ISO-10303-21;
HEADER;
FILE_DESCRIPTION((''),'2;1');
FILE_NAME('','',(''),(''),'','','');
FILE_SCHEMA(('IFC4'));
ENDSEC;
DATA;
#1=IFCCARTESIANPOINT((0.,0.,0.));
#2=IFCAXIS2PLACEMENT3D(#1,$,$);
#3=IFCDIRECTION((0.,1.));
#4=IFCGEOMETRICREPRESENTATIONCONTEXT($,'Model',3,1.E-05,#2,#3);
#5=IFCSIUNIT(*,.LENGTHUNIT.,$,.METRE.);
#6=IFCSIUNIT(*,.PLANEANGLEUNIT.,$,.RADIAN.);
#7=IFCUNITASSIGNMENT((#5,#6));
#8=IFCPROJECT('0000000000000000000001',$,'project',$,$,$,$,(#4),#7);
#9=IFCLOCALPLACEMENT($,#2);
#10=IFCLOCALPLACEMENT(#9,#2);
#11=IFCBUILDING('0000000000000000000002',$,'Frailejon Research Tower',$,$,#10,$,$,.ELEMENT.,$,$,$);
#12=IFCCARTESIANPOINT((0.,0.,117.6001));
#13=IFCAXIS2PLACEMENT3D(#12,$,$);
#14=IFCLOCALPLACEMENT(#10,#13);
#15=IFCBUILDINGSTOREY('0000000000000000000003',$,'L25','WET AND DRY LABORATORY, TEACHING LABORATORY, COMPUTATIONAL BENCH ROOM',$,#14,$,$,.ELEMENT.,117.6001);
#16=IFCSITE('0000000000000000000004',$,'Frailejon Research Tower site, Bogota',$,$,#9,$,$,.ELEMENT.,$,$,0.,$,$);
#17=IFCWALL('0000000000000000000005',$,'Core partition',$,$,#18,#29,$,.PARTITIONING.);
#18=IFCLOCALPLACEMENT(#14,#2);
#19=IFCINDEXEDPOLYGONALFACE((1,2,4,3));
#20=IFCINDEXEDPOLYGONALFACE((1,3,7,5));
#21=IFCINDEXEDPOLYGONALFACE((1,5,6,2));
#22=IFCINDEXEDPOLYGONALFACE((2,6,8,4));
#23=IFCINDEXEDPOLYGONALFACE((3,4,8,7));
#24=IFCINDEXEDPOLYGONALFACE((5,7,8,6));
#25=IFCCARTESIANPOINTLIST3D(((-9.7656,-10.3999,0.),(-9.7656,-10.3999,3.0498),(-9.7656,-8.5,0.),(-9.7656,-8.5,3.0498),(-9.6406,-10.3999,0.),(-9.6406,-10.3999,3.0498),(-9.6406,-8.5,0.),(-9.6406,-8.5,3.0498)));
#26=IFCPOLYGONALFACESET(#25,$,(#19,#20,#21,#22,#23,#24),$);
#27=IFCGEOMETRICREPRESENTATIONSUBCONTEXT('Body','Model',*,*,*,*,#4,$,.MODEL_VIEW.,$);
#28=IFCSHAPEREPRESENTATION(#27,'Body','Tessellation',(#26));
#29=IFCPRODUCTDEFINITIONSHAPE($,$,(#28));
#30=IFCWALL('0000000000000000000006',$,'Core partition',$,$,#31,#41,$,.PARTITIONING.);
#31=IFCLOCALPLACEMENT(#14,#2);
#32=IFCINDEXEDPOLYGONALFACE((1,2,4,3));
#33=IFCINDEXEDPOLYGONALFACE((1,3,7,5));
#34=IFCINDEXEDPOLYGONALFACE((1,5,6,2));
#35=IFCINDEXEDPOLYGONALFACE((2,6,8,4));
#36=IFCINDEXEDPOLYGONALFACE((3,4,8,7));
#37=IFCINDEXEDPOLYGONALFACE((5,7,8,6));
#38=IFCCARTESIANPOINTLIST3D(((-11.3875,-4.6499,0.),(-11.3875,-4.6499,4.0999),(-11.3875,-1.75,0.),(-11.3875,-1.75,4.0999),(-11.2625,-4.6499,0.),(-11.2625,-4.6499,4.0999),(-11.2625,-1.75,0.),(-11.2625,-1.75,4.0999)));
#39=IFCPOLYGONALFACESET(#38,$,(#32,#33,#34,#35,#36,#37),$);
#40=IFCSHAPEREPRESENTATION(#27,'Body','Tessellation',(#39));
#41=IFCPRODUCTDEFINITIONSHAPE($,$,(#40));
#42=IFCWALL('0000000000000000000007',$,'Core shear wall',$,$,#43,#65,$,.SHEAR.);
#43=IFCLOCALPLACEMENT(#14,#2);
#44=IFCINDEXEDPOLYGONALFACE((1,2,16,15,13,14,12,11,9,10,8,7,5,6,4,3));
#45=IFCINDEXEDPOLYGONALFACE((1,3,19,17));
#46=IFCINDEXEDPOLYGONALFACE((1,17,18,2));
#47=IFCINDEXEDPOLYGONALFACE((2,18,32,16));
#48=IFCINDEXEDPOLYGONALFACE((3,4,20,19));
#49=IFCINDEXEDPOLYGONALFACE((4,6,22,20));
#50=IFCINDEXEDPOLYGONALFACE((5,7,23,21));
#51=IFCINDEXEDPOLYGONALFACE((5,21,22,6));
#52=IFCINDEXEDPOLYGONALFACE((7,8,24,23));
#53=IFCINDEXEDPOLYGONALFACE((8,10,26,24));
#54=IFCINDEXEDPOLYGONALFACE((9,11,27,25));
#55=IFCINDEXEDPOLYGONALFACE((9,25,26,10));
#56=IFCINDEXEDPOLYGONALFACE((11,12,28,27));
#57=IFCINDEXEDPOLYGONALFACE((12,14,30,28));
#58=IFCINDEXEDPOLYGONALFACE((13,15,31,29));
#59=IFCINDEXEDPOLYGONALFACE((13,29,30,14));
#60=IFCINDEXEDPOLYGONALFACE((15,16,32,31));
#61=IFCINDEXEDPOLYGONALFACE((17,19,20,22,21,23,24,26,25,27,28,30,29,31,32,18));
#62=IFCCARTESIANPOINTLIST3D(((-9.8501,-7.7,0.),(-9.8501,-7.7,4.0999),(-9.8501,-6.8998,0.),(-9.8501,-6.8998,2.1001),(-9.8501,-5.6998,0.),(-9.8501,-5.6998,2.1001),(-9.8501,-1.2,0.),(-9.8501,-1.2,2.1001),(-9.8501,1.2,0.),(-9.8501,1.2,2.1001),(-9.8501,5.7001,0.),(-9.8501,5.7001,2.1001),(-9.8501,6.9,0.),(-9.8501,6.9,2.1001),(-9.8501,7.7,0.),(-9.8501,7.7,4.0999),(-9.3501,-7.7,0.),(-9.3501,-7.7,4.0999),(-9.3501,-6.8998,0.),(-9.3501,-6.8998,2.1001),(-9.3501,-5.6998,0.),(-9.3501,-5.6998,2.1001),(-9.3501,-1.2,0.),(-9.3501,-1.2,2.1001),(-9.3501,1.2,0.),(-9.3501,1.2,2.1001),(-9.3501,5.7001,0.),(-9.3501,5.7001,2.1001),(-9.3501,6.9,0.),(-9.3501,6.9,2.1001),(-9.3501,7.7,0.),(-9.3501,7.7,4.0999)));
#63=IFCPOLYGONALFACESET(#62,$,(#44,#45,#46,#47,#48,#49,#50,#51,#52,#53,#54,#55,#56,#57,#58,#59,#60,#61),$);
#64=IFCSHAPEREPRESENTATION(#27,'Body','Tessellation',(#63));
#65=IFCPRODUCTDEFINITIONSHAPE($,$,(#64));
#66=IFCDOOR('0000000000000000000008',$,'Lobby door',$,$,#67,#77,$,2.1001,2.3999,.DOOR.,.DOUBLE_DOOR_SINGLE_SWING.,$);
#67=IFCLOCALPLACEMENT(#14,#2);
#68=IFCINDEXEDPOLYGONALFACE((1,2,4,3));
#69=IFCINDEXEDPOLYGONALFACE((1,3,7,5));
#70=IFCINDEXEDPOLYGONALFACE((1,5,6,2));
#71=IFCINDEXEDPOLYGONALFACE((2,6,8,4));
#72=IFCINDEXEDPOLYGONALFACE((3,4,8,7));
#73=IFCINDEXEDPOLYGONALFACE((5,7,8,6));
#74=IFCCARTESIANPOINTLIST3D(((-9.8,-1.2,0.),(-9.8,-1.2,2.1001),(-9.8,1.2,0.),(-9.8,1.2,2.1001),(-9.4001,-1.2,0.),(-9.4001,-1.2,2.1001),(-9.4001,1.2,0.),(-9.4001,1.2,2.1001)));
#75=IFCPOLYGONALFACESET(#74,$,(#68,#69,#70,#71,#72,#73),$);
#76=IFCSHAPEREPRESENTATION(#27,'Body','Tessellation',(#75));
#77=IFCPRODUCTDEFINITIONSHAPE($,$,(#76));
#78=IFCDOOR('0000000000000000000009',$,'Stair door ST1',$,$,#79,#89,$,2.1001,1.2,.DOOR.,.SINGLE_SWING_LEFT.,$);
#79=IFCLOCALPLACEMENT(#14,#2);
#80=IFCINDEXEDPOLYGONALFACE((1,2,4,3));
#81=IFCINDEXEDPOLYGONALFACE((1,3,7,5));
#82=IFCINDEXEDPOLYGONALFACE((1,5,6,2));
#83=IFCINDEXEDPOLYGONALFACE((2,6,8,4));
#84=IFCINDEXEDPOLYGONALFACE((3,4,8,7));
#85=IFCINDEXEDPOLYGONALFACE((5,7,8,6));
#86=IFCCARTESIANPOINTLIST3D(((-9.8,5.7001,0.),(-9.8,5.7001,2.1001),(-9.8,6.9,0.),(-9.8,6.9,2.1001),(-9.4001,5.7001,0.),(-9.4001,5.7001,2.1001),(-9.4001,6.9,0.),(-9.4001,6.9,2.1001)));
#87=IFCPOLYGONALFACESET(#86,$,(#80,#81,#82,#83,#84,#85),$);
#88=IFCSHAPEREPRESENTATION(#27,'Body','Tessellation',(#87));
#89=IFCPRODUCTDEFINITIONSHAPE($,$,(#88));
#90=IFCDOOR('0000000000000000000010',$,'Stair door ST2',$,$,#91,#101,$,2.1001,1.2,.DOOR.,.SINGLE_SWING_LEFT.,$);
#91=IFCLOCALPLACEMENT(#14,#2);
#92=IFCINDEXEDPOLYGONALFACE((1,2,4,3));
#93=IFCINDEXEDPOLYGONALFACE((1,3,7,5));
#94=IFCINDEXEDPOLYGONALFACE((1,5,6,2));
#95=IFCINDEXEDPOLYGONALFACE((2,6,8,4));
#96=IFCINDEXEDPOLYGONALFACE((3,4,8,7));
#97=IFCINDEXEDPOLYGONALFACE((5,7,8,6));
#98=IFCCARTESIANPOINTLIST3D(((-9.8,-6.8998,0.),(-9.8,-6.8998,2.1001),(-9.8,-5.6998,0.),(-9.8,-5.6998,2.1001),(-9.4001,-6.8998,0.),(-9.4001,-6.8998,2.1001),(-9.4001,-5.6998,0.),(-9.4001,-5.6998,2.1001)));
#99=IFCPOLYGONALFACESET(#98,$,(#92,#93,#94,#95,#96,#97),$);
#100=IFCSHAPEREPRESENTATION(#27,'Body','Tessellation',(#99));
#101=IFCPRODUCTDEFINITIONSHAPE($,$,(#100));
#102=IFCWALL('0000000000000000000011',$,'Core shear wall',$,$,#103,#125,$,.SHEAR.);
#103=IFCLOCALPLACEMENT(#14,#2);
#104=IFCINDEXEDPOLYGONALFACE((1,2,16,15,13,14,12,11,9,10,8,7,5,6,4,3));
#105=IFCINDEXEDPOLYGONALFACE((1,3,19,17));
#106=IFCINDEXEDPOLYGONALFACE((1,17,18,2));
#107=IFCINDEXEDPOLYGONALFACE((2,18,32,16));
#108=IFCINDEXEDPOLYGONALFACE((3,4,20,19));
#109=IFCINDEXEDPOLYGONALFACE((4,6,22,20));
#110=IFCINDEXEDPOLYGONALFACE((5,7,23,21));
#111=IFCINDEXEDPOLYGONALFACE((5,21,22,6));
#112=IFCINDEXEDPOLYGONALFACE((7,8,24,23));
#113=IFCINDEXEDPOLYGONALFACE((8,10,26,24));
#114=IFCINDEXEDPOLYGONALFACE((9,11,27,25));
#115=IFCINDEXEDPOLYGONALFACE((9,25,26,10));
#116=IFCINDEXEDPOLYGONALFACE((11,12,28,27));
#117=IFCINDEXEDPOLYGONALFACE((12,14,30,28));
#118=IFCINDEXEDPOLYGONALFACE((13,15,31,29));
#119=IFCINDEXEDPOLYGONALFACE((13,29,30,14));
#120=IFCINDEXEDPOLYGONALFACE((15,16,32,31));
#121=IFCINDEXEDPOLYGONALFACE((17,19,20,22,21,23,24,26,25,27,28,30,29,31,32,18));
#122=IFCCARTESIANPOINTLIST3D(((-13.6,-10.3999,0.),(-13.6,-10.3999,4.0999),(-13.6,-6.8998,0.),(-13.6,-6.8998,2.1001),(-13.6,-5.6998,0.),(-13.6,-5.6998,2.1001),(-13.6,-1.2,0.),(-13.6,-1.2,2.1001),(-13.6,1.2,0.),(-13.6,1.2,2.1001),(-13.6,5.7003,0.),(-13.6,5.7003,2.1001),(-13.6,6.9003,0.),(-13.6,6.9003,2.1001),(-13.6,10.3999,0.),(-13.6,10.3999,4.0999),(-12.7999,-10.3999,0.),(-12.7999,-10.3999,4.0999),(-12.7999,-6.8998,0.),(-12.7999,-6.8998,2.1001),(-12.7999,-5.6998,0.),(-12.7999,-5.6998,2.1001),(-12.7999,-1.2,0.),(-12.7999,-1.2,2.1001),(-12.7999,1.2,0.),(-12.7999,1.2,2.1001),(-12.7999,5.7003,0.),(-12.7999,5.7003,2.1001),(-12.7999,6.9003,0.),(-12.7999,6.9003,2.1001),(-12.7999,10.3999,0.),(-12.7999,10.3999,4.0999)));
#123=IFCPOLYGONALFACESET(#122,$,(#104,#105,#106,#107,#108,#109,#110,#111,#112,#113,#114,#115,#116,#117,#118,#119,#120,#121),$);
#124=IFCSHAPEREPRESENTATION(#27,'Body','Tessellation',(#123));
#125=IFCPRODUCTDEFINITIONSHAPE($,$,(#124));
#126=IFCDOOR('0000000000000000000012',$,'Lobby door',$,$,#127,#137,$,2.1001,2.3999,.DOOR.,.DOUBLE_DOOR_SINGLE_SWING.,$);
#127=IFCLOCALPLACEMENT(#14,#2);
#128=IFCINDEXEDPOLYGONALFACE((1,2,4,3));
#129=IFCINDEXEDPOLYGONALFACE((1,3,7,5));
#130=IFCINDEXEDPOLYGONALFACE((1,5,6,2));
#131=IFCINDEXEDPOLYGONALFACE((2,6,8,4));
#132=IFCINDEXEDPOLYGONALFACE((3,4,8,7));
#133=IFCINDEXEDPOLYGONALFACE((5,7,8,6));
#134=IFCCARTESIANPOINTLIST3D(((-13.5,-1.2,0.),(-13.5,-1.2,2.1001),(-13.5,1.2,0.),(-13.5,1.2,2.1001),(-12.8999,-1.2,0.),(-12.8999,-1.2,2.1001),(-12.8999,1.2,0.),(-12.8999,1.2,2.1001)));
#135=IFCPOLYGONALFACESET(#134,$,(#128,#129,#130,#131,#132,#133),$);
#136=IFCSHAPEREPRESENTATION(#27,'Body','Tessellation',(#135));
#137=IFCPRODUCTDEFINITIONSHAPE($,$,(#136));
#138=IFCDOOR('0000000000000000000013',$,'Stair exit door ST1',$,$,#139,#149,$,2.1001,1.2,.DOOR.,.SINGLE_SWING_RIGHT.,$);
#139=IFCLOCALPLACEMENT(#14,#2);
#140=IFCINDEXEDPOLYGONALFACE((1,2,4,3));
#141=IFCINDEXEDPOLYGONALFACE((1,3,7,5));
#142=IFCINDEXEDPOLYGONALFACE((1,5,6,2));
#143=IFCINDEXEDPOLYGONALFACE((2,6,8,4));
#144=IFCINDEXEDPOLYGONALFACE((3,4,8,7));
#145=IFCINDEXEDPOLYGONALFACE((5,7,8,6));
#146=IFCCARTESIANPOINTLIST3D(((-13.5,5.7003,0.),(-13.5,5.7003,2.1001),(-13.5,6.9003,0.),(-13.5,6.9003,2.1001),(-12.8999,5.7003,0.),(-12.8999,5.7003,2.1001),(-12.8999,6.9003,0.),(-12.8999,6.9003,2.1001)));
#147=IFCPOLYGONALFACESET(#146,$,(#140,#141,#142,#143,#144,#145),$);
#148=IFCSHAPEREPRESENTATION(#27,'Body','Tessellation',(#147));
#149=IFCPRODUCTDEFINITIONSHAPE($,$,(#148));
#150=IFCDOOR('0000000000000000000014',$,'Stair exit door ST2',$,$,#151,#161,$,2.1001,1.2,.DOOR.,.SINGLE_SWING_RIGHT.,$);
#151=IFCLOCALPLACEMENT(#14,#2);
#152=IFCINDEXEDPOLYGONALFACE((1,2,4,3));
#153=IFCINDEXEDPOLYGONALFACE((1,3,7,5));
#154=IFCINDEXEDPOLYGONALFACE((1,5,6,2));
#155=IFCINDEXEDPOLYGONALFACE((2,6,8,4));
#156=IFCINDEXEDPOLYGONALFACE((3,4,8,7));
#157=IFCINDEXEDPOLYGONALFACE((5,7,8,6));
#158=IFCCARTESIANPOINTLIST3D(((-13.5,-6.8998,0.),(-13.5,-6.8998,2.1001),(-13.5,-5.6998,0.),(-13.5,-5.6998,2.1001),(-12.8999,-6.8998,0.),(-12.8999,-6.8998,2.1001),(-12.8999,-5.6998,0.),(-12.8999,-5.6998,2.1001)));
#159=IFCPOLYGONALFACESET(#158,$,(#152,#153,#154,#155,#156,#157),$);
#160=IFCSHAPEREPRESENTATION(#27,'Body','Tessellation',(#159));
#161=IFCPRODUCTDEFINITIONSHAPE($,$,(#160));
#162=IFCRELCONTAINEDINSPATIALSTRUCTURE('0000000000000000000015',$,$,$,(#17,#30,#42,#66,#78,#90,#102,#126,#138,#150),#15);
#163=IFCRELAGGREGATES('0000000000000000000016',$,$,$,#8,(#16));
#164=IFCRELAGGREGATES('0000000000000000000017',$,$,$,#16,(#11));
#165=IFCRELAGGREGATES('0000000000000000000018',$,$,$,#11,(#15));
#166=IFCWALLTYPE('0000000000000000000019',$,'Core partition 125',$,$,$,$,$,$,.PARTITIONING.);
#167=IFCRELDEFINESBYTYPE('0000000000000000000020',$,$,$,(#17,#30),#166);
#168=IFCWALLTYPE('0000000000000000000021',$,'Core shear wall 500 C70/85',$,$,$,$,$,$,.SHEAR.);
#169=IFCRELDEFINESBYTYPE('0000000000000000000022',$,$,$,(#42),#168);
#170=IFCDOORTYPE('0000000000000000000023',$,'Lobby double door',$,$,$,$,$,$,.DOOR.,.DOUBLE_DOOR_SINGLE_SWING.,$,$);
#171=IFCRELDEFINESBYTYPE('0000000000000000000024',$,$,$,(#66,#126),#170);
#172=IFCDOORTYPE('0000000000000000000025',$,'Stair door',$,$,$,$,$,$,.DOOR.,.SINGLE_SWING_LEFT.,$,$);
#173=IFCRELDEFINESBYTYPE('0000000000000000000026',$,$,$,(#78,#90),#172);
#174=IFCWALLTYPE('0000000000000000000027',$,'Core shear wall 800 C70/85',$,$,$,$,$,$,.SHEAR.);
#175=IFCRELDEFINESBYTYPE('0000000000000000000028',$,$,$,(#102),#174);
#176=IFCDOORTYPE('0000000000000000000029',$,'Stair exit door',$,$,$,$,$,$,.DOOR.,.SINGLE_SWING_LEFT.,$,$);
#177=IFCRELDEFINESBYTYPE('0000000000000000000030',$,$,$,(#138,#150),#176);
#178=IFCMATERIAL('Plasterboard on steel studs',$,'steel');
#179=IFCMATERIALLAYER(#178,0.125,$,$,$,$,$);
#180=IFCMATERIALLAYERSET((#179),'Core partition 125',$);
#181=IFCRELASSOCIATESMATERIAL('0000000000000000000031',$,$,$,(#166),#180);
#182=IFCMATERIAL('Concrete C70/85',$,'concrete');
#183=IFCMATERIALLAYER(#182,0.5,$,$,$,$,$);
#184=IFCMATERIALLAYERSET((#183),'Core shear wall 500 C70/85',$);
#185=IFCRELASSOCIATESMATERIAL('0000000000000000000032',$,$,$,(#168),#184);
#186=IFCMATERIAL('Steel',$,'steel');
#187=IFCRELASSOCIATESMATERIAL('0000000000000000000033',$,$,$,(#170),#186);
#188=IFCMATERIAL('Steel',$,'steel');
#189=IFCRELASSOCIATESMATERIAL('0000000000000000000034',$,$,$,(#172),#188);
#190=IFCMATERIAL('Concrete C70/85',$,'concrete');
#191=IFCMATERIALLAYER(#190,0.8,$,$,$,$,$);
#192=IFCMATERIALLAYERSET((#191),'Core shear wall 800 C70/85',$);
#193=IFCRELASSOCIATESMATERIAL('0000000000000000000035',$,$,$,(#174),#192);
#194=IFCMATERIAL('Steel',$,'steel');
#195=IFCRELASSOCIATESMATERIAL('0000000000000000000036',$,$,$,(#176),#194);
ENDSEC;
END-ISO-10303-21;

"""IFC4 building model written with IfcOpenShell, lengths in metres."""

from ifc_helpers import new_model, si_unit, direction, frame, frame_2d, origin, place, context, subcontext, project, spatial, rectangle, extrude, material, layer, layer_set, type_object, element, fill, save


model = new_model("IFC4")

# Units and contexts
model_context = context("Model", 3, precision=1e-05, world=origin(), true_north=direction((0.0, 1.0)))
body_context = subcontext(model_context, "Body", "Model", "MODEL_VIEW")
ifc_project = project(units=[si_unit("LENGTHUNIT", "METRE"), si_unit("PLANEANGLEUNIT", "RADIAN")], contexts=[model_context])

# Site, building, storey
site_placement = place(None, origin())
site = spatial("IfcSite", under=ifc_project, at=site_placement, Name="Frailejon Research Tower site, Bogota", CompositionType="ELEMENT", RefElevation=0.0)
building_placement = place(site_placement, origin())
building = spatial("IfcBuilding", under=site, at=building_placement, Name="Frailejon Research Tower", CompositionType="ELEMENT")
storey_placement = place(building_placement, frame((0.0, 0.0, 117.6001)))
storey = spatial("IfcBuildingStorey", under=building, at=storey_placement, Name="L25", Description="WET AND DRY LABORATORY, TEACHING LABORATORY, COMPUTATIONAL BENCH ROOM", CompositionType="ELEMENT", Elevation=117.6001)

# Walls
ifc_material_1 = material(Name="Plasterboard on steel studs", Category="steel")
ifc_layer_1 = layer(ifc_material_1, 0.125)
ifc_layer_set_1 = layer_set([ifc_layer_1], Name="Core partition 125")
wall_type_1 = type_object("IfcWallType", Name="Core partition 125", PredefinedType="PARTITIONING", material=ifc_layer_set_1)
wall_1_placement = place(storey_placement, frame((-9.7031, -10.3999, 0.0), z_axis=(0.0, 0.0, 1.0), x_axis=(0.0, 1.0, 0.0)))
element("IfcWall", 1, at=wall_1_placement, inside=storey, type_object=wall_type_1, Name="Core partition", PredefinedType="PARTITIONING", context=body_context, shape_type="SweptSolid", body=[
    extrude(rectangle(XDim=1.8999, YDim=0.125, at=frame_2d((0.95, 0.0))), origin(), (0.0, 0.0, 1.0), 3.0498),
])
wall_2_placement = place(storey_placement, frame((-11.325, -4.6499, 0.0), z_axis=(0.0, 0.0, 1.0), x_axis=(0.0, 1.0, 0.0)))
element("IfcWall", 2, at=wall_2_placement, inside=storey, type_object=wall_type_1, Name="Core partition", PredefinedType="PARTITIONING", context=body_context, shape_type="SweptSolid", body=[
    extrude(rectangle(XDim=2.8999, YDim=0.125, at=frame_2d((1.45, 0.0))), origin(), (0.0, 0.0, 1.0), 4.0999),
])

# Walls, openings, doors
ifc_material_2 = material(Name="Concrete C70/85", Category="concrete")
ifc_layer_2 = layer(ifc_material_2, 0.5)
ifc_layer_set_2 = layer_set([ifc_layer_2], Name="Core shear wall 500 C70/85")
wall_type_2 = type_object("IfcWallType", Name="Core shear wall 500 C70/85", PredefinedType="SHEAR", material=ifc_layer_set_2)
wall_3_placement = place(storey_placement, frame((-9.6001, -7.7, 0.0), z_axis=(0.0, 0.0, 1.0), x_axis=(0.0, 1.0, 0.0)))
wall_3 = element("IfcWall", 3, at=wall_3_placement, inside=storey, type_object=wall_type_2, Name="Core shear wall", PredefinedType="SHEAR", context=body_context, shape_type="SweptSolid", body=[
    extrude(rectangle(XDim=15.3999, YDim=0.5, at=frame_2d((7.7, 0.0))), origin(), (0.0, 0.0, 1.0), 4.0999),
])
opening_1_placement = place(wall_3_placement, frame((6.5, 0.0, 0.0)))
opening_1 = element("IfcOpeningElement", 4, at=opening_1_placement, cuts=wall_3, PredefinedType="OPENING", context=body_context, shape_type="SweptSolid", body=[
    extrude(rectangle(XDim=2.3999, YDim=2.1001, at=frame_2d((1.2, 1.05))), frame((0.0, 0.26, 0.0), z_axis=(0.0, -1.0, 0.0), x_axis=(1.0, 0.0, 0.0)), (0.0, 0.0, 1.0), 0.52),
])
opening_2_placement = place(wall_3_placement, frame((13.3999, 0.0, 0.0)))
opening_2 = element("IfcOpeningElement", 5, at=opening_2_placement, cuts=wall_3, PredefinedType="OPENING", context=body_context, shape_type="SweptSolid", body=[
    extrude(rectangle(XDim=1.2, YDim=2.1001, at=frame_2d((0.6001, 1.05))), frame((0.0, 0.26, 0.0), z_axis=(0.0, -1.0, 0.0), x_axis=(1.0, 0.0, 0.0)), (0.0, 0.0, 1.0), 0.52),
])
opening_3_placement = place(wall_3_placement, frame((0.8, 0.0, 0.0)))
opening_3 = element("IfcOpeningElement", 6, at=opening_3_placement, cuts=wall_3, PredefinedType="OPENING", context=body_context, shape_type="SweptSolid", body=[
    extrude(rectangle(XDim=1.2, YDim=2.1001, at=frame_2d((0.6001, 1.05))), frame((0.0, 0.26, 0.0), z_axis=(0.0, -1.0, 0.0), x_axis=(1.0, 0.0, 0.0)), (0.0, 0.0, 1.0), 0.52),
])
ifc_material_3 = material(Name="Steel", Category="steel")
door_type_1 = type_object("IfcDoorType", Name="Lobby double door", OperationType="DOUBLE_DOOR_SINGLE_SWING", PredefinedType="DOOR", material=ifc_material_3)
door_1_placement = place(opening_1_placement, origin())
door_1 = element("IfcDoor", 7, at=door_1_placement, inside=storey, type_object=door_type_1, Name="Lobby door", OperationType="DOUBLE_DOOR_SINGLE_SWING", OverallHeight=2.1001, OverallWidth=2.3999, PredefinedType="DOOR", context=body_context, shape_type="SweptSolid", body=[
    extrude(rectangle(XDim=2.3999, YDim=2.1001, at=frame_2d((1.2, 1.05))), frame((0.0, 0.2, 0.0), z_axis=(0.0, -1.0, 0.0), x_axis=(1.0, 0.0, 0.0)), (0.0, 0.0, 1.0), 0.3999),
])
fill(opening_1, door_1)
ifc_material_4 = material(Name="Steel", Category="steel")
door_type_2 = type_object("IfcDoorType", Name="Stair door", OperationType="SINGLE_SWING_LEFT", PredefinedType="DOOR", material=ifc_material_4)
door_2_placement = place(opening_2_placement, origin())
door_2 = element("IfcDoor", 8, at=door_2_placement, inside=storey, type_object=door_type_2, Name="Stair door ST1", OperationType="SINGLE_SWING_LEFT", OverallHeight=2.1001, OverallWidth=1.2, PredefinedType="DOOR", context=body_context, shape_type="SweptSolid", body=[
    extrude(rectangle(XDim=1.2, YDim=2.1001, at=frame_2d((0.6001, 1.05))), frame((0.0, 0.2, 0.0), z_axis=(0.0, -1.0, 0.0), x_axis=(1.0, 0.0, 0.0)), (0.0, 0.0, 1.0), 0.3999),
])
fill(opening_2, door_2)
door_3_placement = place(opening_3_placement, origin())
door_3 = element("IfcDoor", 9, at=door_3_placement, inside=storey, type_object=door_type_2, Name="Stair door ST2", OperationType="SINGLE_SWING_LEFT", OverallHeight=2.1001, OverallWidth=1.2, PredefinedType="DOOR", context=body_context, shape_type="SweptSolid", body=[
    extrude(rectangle(XDim=1.2, YDim=2.1001, at=frame_2d((0.6001, 1.05))), frame((0.0, 0.2, 0.0), z_axis=(0.0, -1.0, 0.0), x_axis=(1.0, 0.0, 0.0)), (0.0, 0.0, 1.0), 0.3999),
])
fill(opening_3, door_3)
ifc_material_5 = material(Name="Concrete C70/85", Category="concrete")
ifc_layer_3 = layer(ifc_material_5, 0.8)
ifc_layer_set_3 = layer_set([ifc_layer_3], Name="Core shear wall 800 C70/85")
wall_type_3 = type_object("IfcWallType", Name="Core shear wall 800 C70/85", PredefinedType="SHEAR", material=ifc_layer_set_3)
wall_4_placement = place(storey_placement, frame((-13.2, -10.3999, 0.0), z_axis=(0.0, 0.0, 1.0), x_axis=(0.0, 1.0, 0.0)))
wall_4 = element("IfcWall", 10, at=wall_4_placement, inside=storey, type_object=wall_type_3, Name="Core shear wall", PredefinedType="SHEAR", context=body_context, shape_type="SweptSolid", body=[
    extrude(rectangle(XDim=20.7998, YDim=0.8, at=frame_2d((10.3999, 0.0))), origin(), (0.0, 0.0, 1.0), 4.0999),
])
opening_4_placement = place(wall_4_placement, frame((9.2, 0.0, 0.0)))
opening_4 = element("IfcOpeningElement", 11, at=opening_4_placement, cuts=wall_4, PredefinedType="OPENING", context=body_context, shape_type="SweptSolid", body=[
    extrude(rectangle(XDim=2.3999, YDim=2.1001, at=frame_2d((1.2, 1.05))), frame((0.0, 0.4099, 0.0), z_axis=(0.0, -1.0, 0.0), x_axis=(1.0, 0.0, 0.0)), (0.0, 0.0, 1.0), 0.8201),
])
opening_5_placement = place(wall_4_placement, frame((16.1001, 0.0, 0.0)))
opening_5 = element("IfcOpeningElement", 12, at=opening_5_placement, cuts=wall_4, PredefinedType="OPENING", context=body_context, shape_type="SweptSolid", body=[
    extrude(rectangle(XDim=1.2, YDim=2.1001, at=frame_2d((0.6001, 1.05))), frame((0.0, 0.4099, 0.0), z_axis=(0.0, -1.0, 0.0), x_axis=(1.0, 0.0, 0.0)), (0.0, 0.0, 1.0), 0.8201),
])
opening_6_placement = place(wall_4_placement, frame((3.5, 0.0, 0.0)))
opening_6 = element("IfcOpeningElement", 13, at=opening_6_placement, cuts=wall_4, PredefinedType="OPENING", context=body_context, shape_type="SweptSolid", body=[
    extrude(rectangle(XDim=1.2, YDim=2.1001, at=frame_2d((0.6001, 1.05))), frame((0.0, 0.4099, 0.0), z_axis=(0.0, -1.0, 0.0), x_axis=(1.0, 0.0, 0.0)), (0.0, 0.0, 1.0), 0.8201),
])
door_4_placement = place(opening_4_placement, origin())
door_4 = element("IfcDoor", 14, at=door_4_placement, inside=storey, type_object=door_type_1, Name="Lobby door", OperationType="DOUBLE_DOOR_SINGLE_SWING", OverallHeight=2.1001, OverallWidth=2.3999, PredefinedType="DOOR", context=body_context, shape_type="SweptSolid", body=[
    extrude(rectangle(XDim=2.3999, YDim=2.1001, at=frame_2d((1.2, 1.05))), frame((0.0, 0.3, 0.0), z_axis=(0.0, -1.0, 0.0), x_axis=(1.0, 0.0, 0.0)), (0.0, 0.0, 1.0), 0.6001),
])
fill(opening_4, door_4)
ifc_material_6 = material(Name="Steel", Category="steel")
door_type_3 = type_object("IfcDoorType", Name="Stair exit door", OperationType="SINGLE_SWING_LEFT", PredefinedType="DOOR", material=ifc_material_6)
door_5_placement = place(opening_5_placement, origin())
door_5 = element("IfcDoor", 15, at=door_5_placement, inside=storey, type_object=door_type_3, Name="Stair exit door ST1", OperationType="SINGLE_SWING_RIGHT", OverallHeight=2.1001, OverallWidth=1.2, PredefinedType="DOOR", context=body_context, shape_type="SweptSolid", body=[
    extrude(rectangle(XDim=1.2, YDim=2.1001, at=frame_2d((0.6001, 1.05))), frame((0.0, 0.3, 0.0), z_axis=(0.0, -1.0, 0.0), x_axis=(1.0, 0.0, 0.0)), (0.0, 0.0, 1.0), 0.6001),
])
fill(opening_5, door_5)
door_6_placement = place(opening_6_placement, origin())
door_6 = element("IfcDoor", 16, at=door_6_placement, inside=storey, type_object=door_type_3, Name="Stair exit door ST2", OperationType="SINGLE_SWING_RIGHT", OverallHeight=2.1001, OverallWidth=1.2, PredefinedType="DOOR", context=body_context, shape_type="SweptSolid", body=[
    extrude(rectangle(XDim=1.2, YDim=2.1001, at=frame_2d((0.6001, 1.05))), frame((0.0, 0.3, 0.0), z_axis=(0.0, -1.0, 0.0), x_axis=(1.0, 0.0, 0.0)), (0.0, 0.0, 1.0), 0.6001),
])
fill(opening_6, door_6)

save(model, "model.ifc")
